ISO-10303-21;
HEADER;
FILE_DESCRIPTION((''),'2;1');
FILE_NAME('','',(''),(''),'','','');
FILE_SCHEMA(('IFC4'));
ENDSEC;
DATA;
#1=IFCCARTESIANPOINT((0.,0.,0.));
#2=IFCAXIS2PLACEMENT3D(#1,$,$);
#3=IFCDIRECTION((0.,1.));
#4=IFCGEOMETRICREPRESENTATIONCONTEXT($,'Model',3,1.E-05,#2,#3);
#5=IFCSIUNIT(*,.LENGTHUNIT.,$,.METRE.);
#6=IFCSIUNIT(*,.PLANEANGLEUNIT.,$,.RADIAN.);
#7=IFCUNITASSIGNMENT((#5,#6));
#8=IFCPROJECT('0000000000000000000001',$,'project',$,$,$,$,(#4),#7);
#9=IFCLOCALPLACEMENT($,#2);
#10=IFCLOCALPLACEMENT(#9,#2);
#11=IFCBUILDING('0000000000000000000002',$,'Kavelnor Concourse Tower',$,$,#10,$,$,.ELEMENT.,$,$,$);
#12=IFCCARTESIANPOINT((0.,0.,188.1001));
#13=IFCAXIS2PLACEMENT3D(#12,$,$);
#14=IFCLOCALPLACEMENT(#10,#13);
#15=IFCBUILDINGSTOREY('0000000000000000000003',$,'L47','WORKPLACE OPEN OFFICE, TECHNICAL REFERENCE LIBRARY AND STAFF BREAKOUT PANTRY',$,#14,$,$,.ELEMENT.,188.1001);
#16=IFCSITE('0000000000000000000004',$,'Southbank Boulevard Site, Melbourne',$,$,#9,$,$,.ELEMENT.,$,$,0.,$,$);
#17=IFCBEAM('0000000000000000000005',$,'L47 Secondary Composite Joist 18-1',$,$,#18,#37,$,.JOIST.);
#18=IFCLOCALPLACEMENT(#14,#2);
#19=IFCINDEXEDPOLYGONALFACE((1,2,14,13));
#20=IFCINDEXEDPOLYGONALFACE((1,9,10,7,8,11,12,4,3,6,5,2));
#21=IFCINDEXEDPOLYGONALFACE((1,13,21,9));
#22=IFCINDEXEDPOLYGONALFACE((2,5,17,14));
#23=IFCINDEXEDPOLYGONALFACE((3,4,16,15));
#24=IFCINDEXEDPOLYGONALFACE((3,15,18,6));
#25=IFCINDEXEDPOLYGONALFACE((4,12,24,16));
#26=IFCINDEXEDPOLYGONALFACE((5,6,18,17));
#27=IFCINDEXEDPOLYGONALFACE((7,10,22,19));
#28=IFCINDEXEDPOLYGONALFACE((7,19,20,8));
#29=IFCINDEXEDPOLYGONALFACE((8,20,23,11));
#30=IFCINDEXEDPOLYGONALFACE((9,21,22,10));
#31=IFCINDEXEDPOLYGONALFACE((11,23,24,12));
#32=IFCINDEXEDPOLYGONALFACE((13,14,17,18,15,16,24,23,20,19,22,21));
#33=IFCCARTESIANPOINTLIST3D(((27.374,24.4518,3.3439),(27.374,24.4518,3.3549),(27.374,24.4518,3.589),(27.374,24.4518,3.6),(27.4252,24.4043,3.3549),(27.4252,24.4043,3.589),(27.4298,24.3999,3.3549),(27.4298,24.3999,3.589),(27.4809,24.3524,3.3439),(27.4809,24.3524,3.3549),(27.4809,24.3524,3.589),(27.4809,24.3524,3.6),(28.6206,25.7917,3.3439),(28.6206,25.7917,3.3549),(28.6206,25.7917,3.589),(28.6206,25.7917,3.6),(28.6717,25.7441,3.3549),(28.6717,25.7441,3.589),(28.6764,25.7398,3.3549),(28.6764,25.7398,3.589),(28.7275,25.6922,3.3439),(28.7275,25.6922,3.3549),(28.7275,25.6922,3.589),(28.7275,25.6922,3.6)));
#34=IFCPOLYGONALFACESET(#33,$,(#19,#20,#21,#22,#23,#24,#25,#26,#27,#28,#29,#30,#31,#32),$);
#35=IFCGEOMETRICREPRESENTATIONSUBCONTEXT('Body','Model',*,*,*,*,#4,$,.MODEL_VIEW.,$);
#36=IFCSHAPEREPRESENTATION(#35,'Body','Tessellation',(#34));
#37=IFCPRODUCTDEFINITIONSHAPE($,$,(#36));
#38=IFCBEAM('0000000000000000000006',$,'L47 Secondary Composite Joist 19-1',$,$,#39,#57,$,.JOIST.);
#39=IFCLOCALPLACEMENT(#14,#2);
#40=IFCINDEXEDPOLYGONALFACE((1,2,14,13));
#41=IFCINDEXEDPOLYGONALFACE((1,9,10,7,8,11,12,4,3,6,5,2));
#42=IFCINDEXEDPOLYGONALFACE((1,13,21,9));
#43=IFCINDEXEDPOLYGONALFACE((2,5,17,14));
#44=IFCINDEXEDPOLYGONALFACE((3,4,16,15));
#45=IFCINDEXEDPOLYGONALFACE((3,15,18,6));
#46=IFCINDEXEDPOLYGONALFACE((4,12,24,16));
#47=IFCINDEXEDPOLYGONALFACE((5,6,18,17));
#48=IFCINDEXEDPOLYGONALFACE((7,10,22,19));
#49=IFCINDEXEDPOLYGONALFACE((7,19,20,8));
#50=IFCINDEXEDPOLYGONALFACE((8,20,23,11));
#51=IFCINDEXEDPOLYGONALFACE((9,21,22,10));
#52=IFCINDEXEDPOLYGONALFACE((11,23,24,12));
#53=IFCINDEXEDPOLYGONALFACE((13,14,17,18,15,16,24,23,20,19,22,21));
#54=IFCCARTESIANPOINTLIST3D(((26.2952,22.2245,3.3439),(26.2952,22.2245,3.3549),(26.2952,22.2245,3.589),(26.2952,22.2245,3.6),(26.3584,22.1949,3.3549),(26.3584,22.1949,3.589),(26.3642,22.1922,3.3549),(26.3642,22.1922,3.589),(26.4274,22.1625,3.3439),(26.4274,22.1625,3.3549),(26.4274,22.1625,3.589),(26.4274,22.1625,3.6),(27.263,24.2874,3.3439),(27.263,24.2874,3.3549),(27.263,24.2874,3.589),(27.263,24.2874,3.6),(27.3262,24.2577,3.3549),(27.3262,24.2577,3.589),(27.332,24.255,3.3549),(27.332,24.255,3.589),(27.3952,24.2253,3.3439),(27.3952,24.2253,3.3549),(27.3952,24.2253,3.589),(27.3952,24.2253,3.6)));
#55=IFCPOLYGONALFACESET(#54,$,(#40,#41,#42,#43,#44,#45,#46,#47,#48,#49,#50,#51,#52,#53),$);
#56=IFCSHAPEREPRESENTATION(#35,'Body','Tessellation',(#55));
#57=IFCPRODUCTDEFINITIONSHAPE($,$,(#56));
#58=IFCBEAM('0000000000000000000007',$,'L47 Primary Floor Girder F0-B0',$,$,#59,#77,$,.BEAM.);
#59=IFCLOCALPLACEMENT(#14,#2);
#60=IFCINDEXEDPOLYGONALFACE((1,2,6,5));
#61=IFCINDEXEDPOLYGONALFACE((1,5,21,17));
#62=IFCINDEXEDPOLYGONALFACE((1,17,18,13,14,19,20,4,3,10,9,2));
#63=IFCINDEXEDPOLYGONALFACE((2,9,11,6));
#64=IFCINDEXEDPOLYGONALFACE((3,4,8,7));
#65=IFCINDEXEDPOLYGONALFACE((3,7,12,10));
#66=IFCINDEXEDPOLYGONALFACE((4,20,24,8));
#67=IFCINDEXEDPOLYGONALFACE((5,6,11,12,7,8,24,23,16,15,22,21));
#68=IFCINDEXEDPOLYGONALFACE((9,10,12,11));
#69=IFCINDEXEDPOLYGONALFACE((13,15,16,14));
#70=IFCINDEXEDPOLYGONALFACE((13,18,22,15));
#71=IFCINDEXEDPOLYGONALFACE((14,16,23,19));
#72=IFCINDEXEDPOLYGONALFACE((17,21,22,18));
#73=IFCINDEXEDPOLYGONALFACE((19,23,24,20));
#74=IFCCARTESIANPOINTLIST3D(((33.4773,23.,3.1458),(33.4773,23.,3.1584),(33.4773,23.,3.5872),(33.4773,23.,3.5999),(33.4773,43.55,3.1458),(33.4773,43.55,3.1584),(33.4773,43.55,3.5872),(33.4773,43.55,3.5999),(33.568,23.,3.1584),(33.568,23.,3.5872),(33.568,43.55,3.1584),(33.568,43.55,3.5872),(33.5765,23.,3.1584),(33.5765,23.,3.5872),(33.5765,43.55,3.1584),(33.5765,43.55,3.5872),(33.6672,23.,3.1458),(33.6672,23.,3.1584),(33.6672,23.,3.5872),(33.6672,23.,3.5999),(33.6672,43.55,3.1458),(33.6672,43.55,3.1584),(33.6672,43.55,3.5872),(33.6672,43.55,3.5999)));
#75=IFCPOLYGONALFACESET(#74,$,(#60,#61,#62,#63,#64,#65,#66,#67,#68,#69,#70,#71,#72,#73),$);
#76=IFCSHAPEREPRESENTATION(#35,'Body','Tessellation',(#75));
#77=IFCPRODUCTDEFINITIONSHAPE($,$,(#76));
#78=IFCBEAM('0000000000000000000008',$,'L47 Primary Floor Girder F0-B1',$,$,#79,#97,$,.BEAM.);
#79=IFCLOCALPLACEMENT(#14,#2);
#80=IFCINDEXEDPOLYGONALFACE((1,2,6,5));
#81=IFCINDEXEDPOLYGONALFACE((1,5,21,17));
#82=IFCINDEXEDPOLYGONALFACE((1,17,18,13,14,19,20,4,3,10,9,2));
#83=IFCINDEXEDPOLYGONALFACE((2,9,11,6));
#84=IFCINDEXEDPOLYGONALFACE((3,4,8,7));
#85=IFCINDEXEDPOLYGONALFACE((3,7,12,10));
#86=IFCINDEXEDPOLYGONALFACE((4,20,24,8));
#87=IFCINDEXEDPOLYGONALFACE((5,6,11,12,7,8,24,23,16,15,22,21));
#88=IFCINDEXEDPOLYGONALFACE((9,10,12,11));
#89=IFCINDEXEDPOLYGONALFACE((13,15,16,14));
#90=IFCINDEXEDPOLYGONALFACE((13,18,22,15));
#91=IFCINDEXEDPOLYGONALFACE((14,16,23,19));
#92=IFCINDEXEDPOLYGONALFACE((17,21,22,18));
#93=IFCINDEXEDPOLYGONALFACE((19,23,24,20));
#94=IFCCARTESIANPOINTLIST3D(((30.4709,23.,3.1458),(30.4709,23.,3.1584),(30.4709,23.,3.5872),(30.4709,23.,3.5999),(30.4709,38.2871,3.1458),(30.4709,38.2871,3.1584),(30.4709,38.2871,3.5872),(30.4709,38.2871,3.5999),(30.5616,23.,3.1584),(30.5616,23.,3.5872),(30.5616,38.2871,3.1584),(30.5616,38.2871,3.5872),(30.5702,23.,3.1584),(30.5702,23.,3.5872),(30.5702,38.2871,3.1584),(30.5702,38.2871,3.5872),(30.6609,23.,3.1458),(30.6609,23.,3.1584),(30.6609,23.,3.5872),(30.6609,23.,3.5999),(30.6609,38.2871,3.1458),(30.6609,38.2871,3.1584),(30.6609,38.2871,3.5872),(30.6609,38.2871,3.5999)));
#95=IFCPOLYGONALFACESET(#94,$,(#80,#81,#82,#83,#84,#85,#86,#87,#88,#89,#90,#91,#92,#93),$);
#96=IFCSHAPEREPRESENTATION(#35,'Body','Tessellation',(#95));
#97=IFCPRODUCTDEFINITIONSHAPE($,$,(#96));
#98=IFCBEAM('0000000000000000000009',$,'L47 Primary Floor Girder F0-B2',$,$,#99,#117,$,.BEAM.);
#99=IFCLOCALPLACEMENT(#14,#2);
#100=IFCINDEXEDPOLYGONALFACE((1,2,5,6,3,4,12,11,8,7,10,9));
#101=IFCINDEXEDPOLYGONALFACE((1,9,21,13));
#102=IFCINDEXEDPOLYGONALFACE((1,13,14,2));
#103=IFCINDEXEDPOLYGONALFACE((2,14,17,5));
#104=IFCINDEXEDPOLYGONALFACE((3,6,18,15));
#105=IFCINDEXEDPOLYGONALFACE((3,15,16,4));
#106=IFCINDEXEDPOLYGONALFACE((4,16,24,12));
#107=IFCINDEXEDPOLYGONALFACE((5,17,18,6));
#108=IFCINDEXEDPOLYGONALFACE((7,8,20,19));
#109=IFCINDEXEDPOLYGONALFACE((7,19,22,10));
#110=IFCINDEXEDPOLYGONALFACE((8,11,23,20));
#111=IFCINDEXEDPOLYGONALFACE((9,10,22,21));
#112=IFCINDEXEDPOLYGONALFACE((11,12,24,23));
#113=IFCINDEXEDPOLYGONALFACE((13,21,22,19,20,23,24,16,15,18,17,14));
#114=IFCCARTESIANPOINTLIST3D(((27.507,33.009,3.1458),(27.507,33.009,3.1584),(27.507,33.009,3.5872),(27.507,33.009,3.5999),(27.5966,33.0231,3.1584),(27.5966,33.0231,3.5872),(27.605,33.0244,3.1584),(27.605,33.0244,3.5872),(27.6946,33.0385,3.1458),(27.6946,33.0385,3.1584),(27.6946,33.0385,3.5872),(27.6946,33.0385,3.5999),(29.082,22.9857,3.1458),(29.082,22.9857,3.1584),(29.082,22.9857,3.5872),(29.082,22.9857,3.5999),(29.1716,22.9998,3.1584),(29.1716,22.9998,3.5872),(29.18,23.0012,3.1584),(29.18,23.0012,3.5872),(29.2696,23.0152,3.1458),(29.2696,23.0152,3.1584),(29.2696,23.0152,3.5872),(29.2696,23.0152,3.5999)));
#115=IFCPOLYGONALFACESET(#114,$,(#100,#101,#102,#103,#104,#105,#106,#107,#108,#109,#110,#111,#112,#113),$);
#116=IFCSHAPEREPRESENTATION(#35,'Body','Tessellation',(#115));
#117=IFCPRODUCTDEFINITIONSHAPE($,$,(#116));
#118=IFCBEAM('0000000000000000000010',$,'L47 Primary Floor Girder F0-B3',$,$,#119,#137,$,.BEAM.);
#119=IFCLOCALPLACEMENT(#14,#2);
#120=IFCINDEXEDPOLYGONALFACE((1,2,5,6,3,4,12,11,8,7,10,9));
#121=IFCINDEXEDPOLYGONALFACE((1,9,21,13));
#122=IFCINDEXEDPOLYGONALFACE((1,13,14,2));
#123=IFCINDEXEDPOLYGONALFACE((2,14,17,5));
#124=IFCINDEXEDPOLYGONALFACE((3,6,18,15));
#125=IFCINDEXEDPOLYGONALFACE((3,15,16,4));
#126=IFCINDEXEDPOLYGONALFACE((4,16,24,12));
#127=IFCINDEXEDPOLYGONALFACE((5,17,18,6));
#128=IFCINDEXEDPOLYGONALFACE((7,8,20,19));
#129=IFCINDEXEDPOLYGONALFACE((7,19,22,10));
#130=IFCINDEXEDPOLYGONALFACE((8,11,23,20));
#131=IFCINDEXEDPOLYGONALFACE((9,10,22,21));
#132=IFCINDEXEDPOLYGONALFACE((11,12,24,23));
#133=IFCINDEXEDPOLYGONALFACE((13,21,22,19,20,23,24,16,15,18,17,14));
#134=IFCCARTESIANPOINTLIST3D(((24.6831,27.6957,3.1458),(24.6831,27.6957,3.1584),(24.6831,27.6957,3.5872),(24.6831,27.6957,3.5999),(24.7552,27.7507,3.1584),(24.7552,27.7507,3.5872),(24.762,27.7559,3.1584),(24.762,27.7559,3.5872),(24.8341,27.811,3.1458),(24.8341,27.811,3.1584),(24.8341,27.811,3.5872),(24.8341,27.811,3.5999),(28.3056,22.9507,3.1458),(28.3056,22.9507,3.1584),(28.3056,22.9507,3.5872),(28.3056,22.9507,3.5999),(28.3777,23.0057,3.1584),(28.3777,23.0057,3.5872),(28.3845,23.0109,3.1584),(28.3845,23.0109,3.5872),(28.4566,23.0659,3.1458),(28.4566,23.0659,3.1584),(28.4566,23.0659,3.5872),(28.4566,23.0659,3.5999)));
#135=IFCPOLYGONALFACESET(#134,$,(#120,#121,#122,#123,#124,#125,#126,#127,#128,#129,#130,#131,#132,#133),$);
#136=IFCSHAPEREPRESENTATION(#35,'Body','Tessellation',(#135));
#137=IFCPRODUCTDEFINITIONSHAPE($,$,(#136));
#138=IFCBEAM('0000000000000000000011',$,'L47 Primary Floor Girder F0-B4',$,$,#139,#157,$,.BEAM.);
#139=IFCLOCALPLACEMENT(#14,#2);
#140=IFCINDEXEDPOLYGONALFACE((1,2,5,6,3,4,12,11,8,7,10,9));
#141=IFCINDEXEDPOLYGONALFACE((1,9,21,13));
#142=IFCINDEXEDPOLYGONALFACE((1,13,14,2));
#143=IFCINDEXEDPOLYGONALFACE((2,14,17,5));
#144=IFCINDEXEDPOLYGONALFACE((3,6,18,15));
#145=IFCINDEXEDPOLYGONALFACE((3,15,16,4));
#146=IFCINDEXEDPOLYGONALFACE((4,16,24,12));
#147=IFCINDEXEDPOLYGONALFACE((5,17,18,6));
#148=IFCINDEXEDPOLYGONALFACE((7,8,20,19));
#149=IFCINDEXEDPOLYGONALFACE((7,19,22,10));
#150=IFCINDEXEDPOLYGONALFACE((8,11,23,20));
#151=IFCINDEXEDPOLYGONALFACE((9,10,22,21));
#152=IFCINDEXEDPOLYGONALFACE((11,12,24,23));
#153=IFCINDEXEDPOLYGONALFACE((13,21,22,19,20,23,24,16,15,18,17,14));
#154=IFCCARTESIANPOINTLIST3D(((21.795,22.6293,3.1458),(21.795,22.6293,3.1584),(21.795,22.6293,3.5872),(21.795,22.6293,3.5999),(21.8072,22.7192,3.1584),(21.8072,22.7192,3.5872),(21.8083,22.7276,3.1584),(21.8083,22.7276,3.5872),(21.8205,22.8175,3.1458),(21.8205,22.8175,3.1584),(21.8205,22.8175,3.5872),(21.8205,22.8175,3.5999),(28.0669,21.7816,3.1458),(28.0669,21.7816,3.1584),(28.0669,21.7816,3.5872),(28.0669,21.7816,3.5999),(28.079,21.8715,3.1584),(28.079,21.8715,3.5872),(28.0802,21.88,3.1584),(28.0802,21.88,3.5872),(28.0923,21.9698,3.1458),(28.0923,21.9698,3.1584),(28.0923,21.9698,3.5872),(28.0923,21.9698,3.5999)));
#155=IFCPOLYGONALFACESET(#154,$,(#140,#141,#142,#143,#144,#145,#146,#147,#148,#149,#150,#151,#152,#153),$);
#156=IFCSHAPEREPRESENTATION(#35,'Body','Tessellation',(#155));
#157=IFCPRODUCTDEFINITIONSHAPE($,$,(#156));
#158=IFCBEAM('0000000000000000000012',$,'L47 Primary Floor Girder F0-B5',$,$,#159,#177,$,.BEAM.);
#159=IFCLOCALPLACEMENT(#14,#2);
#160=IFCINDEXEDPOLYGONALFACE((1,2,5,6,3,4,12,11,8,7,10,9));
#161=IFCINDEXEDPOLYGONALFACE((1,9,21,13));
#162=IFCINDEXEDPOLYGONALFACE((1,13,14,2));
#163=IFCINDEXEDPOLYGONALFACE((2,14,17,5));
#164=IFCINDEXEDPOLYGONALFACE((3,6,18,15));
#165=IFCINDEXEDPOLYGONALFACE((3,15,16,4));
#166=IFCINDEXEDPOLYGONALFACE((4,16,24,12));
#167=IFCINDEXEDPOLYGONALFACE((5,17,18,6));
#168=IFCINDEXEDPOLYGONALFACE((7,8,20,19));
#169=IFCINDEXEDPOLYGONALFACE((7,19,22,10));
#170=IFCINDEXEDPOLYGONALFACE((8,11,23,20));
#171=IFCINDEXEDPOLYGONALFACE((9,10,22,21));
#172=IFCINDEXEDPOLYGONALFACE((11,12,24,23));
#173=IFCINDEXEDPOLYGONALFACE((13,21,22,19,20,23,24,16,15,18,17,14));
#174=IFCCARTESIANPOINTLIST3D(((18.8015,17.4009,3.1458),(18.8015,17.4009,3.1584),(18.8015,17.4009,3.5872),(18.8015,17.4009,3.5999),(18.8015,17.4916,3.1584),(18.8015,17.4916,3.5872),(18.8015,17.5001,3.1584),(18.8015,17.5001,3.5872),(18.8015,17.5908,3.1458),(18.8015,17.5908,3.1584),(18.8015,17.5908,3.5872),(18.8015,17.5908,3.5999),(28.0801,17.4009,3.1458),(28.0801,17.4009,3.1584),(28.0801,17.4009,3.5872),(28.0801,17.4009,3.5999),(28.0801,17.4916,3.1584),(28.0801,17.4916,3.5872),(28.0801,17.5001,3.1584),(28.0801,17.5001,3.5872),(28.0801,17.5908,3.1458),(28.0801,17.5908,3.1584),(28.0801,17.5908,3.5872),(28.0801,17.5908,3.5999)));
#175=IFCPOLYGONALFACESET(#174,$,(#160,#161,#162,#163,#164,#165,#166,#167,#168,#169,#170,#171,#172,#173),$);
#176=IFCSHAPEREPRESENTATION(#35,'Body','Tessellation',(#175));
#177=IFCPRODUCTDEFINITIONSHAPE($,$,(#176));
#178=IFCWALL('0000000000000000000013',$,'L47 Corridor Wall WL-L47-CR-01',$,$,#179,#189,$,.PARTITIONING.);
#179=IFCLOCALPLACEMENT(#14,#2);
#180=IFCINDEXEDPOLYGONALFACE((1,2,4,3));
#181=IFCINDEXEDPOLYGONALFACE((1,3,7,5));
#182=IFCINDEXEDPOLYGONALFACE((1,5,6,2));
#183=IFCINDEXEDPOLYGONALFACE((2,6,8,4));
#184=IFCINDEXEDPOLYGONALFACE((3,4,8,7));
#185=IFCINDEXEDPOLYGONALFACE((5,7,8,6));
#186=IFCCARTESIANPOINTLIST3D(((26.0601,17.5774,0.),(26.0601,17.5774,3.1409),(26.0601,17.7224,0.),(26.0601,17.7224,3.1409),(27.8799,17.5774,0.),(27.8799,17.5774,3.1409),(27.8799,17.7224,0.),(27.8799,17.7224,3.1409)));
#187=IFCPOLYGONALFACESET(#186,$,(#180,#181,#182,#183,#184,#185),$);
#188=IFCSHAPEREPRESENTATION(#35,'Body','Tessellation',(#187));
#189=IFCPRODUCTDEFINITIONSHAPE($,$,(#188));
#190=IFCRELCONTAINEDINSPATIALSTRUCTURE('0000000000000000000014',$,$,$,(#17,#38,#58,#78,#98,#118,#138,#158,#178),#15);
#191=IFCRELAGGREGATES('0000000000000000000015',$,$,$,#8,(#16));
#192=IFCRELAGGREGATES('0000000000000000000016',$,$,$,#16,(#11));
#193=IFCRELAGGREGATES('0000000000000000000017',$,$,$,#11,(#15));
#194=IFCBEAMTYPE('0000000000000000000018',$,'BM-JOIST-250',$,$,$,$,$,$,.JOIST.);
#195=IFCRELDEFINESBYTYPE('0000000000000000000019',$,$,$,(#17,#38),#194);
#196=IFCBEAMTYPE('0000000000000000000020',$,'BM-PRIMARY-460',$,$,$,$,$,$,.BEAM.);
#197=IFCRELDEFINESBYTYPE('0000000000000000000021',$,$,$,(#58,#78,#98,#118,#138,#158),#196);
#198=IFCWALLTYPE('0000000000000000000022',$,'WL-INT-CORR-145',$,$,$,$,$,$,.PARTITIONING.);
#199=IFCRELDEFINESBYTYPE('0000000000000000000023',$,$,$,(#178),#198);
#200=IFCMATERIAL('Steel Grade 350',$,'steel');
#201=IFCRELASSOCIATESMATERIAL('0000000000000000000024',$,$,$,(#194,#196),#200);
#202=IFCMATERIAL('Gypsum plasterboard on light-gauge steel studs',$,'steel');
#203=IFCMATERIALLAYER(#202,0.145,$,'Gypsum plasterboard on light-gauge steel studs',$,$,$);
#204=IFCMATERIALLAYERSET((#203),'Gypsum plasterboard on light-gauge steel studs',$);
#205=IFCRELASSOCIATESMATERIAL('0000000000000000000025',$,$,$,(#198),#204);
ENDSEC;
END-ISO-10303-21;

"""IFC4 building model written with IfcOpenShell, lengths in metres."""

from ifc_helpers import new_model, si_unit, direction, frame, frame_2d, origin, origin_2d, place, context, subcontext, project, spatial, rectangle, i_section, extrude, material, layer, layer_set, material_profile, profile_set, type_object, element, save


model = new_model("IFC4")

# Units and contexts
model_context = context("Model", 3, precision=1e-05, world=origin(), true_north=direction((0.0, 1.0)))
body_context = subcontext(model_context, "Body", "Model", "MODEL_VIEW")
ifc_project = project(units=[si_unit("LENGTHUNIT", "METRE"), si_unit("PLANEANGLEUNIT", "RADIAN")], contexts=[model_context])

# Site, building, storey
site_placement = place(None, origin())
site = spatial("IfcSite", under=ifc_project, at=site_placement, Name="Southbank Boulevard Site, Melbourne", CompositionType="ELEMENT", RefElevation=0.0)
building_placement = place(site_placement, origin())
building = spatial("IfcBuilding", under=site, at=building_placement, Name="Kavelnor Concourse Tower", CompositionType="ELEMENT")
storey_placement = place(building_placement, frame((0.0, 0.0, 188.1001)))
storey = spatial("IfcBuildingStorey", under=building, at=storey_placement, Name="L47", Description="WORKPLACE OPEN OFFICE, TECHNICAL REFERENCE LIBRARY AND STAFF BREAKOUT PANTRY", CompositionType="ELEMENT", Elevation=188.1001)

# Beams
ifc_material_1 = material(Name="Steel Grade 350", Category="steel")
ifc_material_profile_1 = material_profile(ifc_material_1, i_section(OverallWidth=0.146, OverallDepth=0.2561, WebThickness=0.0063, FlangeThickness=0.011, at=origin_2d()), Name="250UB37")
ifc_profile_set_1 = profile_set([ifc_material_profile_1], Name="Steel Grade 350")
beam_type_1 = type_object("IfcBeamType", Name="BM-JOIST-250", PredefinedType="JOIST", material=ifc_profile_set_1)
beam_1_placement = place(storey_placement, frame((28.6741, 25.7419, 3.4719), z_axis=(-0.681167, -0.732128, 0.0), x_axis=(0.732128, -0.681167, 0.0)))
element("IfcBeam", 1, at=beam_1_placement, inside=storey, type_object=beam_type_1, Name="L47 Secondary Composite Joist 18-1", PredefinedType="JOIST", context=body_context, shape_type="SweptSolid", body=[
    extrude(i_section(OverallWidth=0.146, OverallDepth=0.2561, WebThickness=0.0063, FlangeThickness=0.011, at=origin_2d()), origin(), (0.0, 0.0, 1.0), 1.8301),
])
beam_2_placement = place(storey_placement, frame((27.3291, 24.2563, 3.4719), z_axis=(-0.424744, -0.905313, 0.0), x_axis=(0.905313, -0.424744, 0.0)))
element("IfcBeam", 2, at=beam_2_placement, inside=storey, type_object=beam_type_1, Name="L47 Secondary Composite Joist 19-1", PredefinedType="JOIST", context=body_context, shape_type="SweptSolid", body=[
    extrude(i_section(OverallWidth=0.146, OverallDepth=0.2561, WebThickness=0.0063, FlangeThickness=0.011, at=origin_2d()), origin(), (0.0, 0.0, 1.0), 2.2786),
])
ifc_material_profile_2 = material_profile(ifc_material_1, i_section(OverallWidth=0.1899, OverallDepth=0.4541, WebThickness=0.0085, FlangeThickness=0.0127, at=origin_2d()), Name="460UB67")
ifc_profile_set_2 = profile_set([ifc_material_profile_2], Name="Steel Grade 350")
beam_type_2 = type_object("IfcBeamType", Name="BM-PRIMARY-460", PredefinedType="BEAM", material=ifc_profile_set_2)
beam_3_placement = place(storey_placement, frame((33.5723, 23.0, 3.3728), z_axis=(0.0, 1.0, 0.0), x_axis=(-1.0, 0.0, 0.0)))
element("IfcBeam", 3, at=beam_3_placement, inside=storey, type_object=beam_type_2, Name="L47 Primary Floor Girder F0-B0", PredefinedType="BEAM", context=body_context, shape_type="SweptSolid", body=[
    extrude(i_section(OverallWidth=0.1899, OverallDepth=0.4541, WebThickness=0.0085, FlangeThickness=0.0127, at=origin_2d()), origin(), (0.0, 0.0, 1.0), 20.55),
])
beam_4_placement = place(storey_placement, frame((30.5659, 23.0, 3.3728), z_axis=(0.0, 1.0, 0.0), x_axis=(-1.0, 0.0, 0.0)))
element("IfcBeam", 4, at=beam_4_placement, inside=storey, type_object=beam_type_2, Name="L47 Primary Floor Girder F0-B1", PredefinedType="BEAM", context=body_context, shape_type="SweptSolid", body=[
    extrude(i_section(OverallWidth=0.1899, OverallDepth=0.4541, WebThickness=0.0085, FlangeThickness=0.0127, at=origin_2d()), origin(), (0.0, 0.0, 1.0), 15.2871),
])
beam_5_placement = place(storey_placement, frame((29.1758, 23.0005, 3.3728), z_axis=(-0.155226, 0.987879, 0.0), x_axis=(-0.987879, -0.155226, 0.0)))
element("IfcBeam", 5, at=beam_5_placement, inside=storey, type_object=beam_type_2, Name="L47 Primary Floor Girder F0-B2", PredefinedType="BEAM", context=body_context, shape_type="SweptSolid", body=[
    extrude(i_section(OverallWidth=0.1899, OverallDepth=0.4541, WebThickness=0.0085, FlangeThickness=0.0127, at=origin_2d()), origin(), (0.0, 0.0, 1.0), 10.1462),
])
beam_6_placement = place(storey_placement, frame((28.3811, 23.0083, 3.3728), z_axis=(-0.606809, 0.794847, 0.0), x_axis=(-0.794847, -0.606809, 0.0)))
element("IfcBeam", 6, at=beam_6_placement, inside=storey, type_object=beam_type_2, Name="L47 Primary Floor Girder F0-B3", PredefinedType="BEAM", context=body_context, shape_type="SweptSolid", body=[
    extrude(i_section(OverallWidth=0.1899, OverallDepth=0.4541, WebThickness=0.0085, FlangeThickness=0.0127, at=origin_2d()), origin(), (0.0, 0.0, 1.0), 5.9697),
])
beam_7_placement = place(storey_placement, frame((28.0796, 21.8757, 3.3728), z_axis=(-0.99099, 0.133937, 0.0), x_axis=(-0.133937, -0.99099, 0.0)))
element("IfcBeam", 7, at=beam_7_placement, inside=storey, type_object=beam_type_2, Name="L47 Primary Floor Girder F0-B4", PredefinedType="BEAM", context=body_context, shape_type="SweptSolid", body=[
    extrude(i_section(OverallWidth=0.1899, OverallDepth=0.4541, WebThickness=0.0085, FlangeThickness=0.0127, at=origin_2d()), origin(), (0.0, 0.0, 1.0), 6.3289),
])
beam_8_placement = place(storey_placement, frame((28.0801, 17.4958, 3.3728), z_axis=(-1.0, 0.0, 0.0), x_axis=(0.0, -1.0, 0.0)))
element("IfcBeam", 8, at=beam_8_placement, inside=storey, type_object=beam_type_2, Name="L47 Primary Floor Girder F0-B5", PredefinedType="BEAM", context=body_context, shape_type="SweptSolid", body=[
    extrude(i_section(OverallWidth=0.1899, OverallDepth=0.4541, WebThickness=0.0085, FlangeThickness=0.0127, at=origin_2d()), origin(), (0.0, 0.0, 1.0), 9.2786),
])

# Wall
ifc_material_2 = material(Name="Gypsum plasterboard on light-gauge steel studs", Category="steel")
ifc_layer_1 = layer(ifc_material_2, 0.145, Name="Gypsum plasterboard on light-gauge steel studs")
ifc_layer_set_1 = layer_set([ifc_layer_1], Name="Gypsum plasterboard on light-gauge steel studs")
wall_type_1 = type_object("IfcWallType", Name="WL-INT-CORR-145", PredefinedType="PARTITIONING", material=ifc_layer_set_1)
wall_1_placement = place(storey_placement, frame((27.8799, 17.6499, 0.0), z_axis=(0.0, 0.0, 1.0), x_axis=(-1.0, 0.0, 0.0)))
element("IfcWall", 9, at=wall_1_placement, inside=storey, type_object=wall_type_1, Name="L47 Corridor Wall WL-L47-CR-01", PredefinedType="PARTITIONING", context=body_context, shape_type="SweptSolid", body=[
    extrude(rectangle(XDim=1.8198, YDim=0.145, at=frame_2d((0.9099, 0.0))), origin(), (0.0, 0.0, 1.0), 3.1409),
])

save(model, "model.ifc")
